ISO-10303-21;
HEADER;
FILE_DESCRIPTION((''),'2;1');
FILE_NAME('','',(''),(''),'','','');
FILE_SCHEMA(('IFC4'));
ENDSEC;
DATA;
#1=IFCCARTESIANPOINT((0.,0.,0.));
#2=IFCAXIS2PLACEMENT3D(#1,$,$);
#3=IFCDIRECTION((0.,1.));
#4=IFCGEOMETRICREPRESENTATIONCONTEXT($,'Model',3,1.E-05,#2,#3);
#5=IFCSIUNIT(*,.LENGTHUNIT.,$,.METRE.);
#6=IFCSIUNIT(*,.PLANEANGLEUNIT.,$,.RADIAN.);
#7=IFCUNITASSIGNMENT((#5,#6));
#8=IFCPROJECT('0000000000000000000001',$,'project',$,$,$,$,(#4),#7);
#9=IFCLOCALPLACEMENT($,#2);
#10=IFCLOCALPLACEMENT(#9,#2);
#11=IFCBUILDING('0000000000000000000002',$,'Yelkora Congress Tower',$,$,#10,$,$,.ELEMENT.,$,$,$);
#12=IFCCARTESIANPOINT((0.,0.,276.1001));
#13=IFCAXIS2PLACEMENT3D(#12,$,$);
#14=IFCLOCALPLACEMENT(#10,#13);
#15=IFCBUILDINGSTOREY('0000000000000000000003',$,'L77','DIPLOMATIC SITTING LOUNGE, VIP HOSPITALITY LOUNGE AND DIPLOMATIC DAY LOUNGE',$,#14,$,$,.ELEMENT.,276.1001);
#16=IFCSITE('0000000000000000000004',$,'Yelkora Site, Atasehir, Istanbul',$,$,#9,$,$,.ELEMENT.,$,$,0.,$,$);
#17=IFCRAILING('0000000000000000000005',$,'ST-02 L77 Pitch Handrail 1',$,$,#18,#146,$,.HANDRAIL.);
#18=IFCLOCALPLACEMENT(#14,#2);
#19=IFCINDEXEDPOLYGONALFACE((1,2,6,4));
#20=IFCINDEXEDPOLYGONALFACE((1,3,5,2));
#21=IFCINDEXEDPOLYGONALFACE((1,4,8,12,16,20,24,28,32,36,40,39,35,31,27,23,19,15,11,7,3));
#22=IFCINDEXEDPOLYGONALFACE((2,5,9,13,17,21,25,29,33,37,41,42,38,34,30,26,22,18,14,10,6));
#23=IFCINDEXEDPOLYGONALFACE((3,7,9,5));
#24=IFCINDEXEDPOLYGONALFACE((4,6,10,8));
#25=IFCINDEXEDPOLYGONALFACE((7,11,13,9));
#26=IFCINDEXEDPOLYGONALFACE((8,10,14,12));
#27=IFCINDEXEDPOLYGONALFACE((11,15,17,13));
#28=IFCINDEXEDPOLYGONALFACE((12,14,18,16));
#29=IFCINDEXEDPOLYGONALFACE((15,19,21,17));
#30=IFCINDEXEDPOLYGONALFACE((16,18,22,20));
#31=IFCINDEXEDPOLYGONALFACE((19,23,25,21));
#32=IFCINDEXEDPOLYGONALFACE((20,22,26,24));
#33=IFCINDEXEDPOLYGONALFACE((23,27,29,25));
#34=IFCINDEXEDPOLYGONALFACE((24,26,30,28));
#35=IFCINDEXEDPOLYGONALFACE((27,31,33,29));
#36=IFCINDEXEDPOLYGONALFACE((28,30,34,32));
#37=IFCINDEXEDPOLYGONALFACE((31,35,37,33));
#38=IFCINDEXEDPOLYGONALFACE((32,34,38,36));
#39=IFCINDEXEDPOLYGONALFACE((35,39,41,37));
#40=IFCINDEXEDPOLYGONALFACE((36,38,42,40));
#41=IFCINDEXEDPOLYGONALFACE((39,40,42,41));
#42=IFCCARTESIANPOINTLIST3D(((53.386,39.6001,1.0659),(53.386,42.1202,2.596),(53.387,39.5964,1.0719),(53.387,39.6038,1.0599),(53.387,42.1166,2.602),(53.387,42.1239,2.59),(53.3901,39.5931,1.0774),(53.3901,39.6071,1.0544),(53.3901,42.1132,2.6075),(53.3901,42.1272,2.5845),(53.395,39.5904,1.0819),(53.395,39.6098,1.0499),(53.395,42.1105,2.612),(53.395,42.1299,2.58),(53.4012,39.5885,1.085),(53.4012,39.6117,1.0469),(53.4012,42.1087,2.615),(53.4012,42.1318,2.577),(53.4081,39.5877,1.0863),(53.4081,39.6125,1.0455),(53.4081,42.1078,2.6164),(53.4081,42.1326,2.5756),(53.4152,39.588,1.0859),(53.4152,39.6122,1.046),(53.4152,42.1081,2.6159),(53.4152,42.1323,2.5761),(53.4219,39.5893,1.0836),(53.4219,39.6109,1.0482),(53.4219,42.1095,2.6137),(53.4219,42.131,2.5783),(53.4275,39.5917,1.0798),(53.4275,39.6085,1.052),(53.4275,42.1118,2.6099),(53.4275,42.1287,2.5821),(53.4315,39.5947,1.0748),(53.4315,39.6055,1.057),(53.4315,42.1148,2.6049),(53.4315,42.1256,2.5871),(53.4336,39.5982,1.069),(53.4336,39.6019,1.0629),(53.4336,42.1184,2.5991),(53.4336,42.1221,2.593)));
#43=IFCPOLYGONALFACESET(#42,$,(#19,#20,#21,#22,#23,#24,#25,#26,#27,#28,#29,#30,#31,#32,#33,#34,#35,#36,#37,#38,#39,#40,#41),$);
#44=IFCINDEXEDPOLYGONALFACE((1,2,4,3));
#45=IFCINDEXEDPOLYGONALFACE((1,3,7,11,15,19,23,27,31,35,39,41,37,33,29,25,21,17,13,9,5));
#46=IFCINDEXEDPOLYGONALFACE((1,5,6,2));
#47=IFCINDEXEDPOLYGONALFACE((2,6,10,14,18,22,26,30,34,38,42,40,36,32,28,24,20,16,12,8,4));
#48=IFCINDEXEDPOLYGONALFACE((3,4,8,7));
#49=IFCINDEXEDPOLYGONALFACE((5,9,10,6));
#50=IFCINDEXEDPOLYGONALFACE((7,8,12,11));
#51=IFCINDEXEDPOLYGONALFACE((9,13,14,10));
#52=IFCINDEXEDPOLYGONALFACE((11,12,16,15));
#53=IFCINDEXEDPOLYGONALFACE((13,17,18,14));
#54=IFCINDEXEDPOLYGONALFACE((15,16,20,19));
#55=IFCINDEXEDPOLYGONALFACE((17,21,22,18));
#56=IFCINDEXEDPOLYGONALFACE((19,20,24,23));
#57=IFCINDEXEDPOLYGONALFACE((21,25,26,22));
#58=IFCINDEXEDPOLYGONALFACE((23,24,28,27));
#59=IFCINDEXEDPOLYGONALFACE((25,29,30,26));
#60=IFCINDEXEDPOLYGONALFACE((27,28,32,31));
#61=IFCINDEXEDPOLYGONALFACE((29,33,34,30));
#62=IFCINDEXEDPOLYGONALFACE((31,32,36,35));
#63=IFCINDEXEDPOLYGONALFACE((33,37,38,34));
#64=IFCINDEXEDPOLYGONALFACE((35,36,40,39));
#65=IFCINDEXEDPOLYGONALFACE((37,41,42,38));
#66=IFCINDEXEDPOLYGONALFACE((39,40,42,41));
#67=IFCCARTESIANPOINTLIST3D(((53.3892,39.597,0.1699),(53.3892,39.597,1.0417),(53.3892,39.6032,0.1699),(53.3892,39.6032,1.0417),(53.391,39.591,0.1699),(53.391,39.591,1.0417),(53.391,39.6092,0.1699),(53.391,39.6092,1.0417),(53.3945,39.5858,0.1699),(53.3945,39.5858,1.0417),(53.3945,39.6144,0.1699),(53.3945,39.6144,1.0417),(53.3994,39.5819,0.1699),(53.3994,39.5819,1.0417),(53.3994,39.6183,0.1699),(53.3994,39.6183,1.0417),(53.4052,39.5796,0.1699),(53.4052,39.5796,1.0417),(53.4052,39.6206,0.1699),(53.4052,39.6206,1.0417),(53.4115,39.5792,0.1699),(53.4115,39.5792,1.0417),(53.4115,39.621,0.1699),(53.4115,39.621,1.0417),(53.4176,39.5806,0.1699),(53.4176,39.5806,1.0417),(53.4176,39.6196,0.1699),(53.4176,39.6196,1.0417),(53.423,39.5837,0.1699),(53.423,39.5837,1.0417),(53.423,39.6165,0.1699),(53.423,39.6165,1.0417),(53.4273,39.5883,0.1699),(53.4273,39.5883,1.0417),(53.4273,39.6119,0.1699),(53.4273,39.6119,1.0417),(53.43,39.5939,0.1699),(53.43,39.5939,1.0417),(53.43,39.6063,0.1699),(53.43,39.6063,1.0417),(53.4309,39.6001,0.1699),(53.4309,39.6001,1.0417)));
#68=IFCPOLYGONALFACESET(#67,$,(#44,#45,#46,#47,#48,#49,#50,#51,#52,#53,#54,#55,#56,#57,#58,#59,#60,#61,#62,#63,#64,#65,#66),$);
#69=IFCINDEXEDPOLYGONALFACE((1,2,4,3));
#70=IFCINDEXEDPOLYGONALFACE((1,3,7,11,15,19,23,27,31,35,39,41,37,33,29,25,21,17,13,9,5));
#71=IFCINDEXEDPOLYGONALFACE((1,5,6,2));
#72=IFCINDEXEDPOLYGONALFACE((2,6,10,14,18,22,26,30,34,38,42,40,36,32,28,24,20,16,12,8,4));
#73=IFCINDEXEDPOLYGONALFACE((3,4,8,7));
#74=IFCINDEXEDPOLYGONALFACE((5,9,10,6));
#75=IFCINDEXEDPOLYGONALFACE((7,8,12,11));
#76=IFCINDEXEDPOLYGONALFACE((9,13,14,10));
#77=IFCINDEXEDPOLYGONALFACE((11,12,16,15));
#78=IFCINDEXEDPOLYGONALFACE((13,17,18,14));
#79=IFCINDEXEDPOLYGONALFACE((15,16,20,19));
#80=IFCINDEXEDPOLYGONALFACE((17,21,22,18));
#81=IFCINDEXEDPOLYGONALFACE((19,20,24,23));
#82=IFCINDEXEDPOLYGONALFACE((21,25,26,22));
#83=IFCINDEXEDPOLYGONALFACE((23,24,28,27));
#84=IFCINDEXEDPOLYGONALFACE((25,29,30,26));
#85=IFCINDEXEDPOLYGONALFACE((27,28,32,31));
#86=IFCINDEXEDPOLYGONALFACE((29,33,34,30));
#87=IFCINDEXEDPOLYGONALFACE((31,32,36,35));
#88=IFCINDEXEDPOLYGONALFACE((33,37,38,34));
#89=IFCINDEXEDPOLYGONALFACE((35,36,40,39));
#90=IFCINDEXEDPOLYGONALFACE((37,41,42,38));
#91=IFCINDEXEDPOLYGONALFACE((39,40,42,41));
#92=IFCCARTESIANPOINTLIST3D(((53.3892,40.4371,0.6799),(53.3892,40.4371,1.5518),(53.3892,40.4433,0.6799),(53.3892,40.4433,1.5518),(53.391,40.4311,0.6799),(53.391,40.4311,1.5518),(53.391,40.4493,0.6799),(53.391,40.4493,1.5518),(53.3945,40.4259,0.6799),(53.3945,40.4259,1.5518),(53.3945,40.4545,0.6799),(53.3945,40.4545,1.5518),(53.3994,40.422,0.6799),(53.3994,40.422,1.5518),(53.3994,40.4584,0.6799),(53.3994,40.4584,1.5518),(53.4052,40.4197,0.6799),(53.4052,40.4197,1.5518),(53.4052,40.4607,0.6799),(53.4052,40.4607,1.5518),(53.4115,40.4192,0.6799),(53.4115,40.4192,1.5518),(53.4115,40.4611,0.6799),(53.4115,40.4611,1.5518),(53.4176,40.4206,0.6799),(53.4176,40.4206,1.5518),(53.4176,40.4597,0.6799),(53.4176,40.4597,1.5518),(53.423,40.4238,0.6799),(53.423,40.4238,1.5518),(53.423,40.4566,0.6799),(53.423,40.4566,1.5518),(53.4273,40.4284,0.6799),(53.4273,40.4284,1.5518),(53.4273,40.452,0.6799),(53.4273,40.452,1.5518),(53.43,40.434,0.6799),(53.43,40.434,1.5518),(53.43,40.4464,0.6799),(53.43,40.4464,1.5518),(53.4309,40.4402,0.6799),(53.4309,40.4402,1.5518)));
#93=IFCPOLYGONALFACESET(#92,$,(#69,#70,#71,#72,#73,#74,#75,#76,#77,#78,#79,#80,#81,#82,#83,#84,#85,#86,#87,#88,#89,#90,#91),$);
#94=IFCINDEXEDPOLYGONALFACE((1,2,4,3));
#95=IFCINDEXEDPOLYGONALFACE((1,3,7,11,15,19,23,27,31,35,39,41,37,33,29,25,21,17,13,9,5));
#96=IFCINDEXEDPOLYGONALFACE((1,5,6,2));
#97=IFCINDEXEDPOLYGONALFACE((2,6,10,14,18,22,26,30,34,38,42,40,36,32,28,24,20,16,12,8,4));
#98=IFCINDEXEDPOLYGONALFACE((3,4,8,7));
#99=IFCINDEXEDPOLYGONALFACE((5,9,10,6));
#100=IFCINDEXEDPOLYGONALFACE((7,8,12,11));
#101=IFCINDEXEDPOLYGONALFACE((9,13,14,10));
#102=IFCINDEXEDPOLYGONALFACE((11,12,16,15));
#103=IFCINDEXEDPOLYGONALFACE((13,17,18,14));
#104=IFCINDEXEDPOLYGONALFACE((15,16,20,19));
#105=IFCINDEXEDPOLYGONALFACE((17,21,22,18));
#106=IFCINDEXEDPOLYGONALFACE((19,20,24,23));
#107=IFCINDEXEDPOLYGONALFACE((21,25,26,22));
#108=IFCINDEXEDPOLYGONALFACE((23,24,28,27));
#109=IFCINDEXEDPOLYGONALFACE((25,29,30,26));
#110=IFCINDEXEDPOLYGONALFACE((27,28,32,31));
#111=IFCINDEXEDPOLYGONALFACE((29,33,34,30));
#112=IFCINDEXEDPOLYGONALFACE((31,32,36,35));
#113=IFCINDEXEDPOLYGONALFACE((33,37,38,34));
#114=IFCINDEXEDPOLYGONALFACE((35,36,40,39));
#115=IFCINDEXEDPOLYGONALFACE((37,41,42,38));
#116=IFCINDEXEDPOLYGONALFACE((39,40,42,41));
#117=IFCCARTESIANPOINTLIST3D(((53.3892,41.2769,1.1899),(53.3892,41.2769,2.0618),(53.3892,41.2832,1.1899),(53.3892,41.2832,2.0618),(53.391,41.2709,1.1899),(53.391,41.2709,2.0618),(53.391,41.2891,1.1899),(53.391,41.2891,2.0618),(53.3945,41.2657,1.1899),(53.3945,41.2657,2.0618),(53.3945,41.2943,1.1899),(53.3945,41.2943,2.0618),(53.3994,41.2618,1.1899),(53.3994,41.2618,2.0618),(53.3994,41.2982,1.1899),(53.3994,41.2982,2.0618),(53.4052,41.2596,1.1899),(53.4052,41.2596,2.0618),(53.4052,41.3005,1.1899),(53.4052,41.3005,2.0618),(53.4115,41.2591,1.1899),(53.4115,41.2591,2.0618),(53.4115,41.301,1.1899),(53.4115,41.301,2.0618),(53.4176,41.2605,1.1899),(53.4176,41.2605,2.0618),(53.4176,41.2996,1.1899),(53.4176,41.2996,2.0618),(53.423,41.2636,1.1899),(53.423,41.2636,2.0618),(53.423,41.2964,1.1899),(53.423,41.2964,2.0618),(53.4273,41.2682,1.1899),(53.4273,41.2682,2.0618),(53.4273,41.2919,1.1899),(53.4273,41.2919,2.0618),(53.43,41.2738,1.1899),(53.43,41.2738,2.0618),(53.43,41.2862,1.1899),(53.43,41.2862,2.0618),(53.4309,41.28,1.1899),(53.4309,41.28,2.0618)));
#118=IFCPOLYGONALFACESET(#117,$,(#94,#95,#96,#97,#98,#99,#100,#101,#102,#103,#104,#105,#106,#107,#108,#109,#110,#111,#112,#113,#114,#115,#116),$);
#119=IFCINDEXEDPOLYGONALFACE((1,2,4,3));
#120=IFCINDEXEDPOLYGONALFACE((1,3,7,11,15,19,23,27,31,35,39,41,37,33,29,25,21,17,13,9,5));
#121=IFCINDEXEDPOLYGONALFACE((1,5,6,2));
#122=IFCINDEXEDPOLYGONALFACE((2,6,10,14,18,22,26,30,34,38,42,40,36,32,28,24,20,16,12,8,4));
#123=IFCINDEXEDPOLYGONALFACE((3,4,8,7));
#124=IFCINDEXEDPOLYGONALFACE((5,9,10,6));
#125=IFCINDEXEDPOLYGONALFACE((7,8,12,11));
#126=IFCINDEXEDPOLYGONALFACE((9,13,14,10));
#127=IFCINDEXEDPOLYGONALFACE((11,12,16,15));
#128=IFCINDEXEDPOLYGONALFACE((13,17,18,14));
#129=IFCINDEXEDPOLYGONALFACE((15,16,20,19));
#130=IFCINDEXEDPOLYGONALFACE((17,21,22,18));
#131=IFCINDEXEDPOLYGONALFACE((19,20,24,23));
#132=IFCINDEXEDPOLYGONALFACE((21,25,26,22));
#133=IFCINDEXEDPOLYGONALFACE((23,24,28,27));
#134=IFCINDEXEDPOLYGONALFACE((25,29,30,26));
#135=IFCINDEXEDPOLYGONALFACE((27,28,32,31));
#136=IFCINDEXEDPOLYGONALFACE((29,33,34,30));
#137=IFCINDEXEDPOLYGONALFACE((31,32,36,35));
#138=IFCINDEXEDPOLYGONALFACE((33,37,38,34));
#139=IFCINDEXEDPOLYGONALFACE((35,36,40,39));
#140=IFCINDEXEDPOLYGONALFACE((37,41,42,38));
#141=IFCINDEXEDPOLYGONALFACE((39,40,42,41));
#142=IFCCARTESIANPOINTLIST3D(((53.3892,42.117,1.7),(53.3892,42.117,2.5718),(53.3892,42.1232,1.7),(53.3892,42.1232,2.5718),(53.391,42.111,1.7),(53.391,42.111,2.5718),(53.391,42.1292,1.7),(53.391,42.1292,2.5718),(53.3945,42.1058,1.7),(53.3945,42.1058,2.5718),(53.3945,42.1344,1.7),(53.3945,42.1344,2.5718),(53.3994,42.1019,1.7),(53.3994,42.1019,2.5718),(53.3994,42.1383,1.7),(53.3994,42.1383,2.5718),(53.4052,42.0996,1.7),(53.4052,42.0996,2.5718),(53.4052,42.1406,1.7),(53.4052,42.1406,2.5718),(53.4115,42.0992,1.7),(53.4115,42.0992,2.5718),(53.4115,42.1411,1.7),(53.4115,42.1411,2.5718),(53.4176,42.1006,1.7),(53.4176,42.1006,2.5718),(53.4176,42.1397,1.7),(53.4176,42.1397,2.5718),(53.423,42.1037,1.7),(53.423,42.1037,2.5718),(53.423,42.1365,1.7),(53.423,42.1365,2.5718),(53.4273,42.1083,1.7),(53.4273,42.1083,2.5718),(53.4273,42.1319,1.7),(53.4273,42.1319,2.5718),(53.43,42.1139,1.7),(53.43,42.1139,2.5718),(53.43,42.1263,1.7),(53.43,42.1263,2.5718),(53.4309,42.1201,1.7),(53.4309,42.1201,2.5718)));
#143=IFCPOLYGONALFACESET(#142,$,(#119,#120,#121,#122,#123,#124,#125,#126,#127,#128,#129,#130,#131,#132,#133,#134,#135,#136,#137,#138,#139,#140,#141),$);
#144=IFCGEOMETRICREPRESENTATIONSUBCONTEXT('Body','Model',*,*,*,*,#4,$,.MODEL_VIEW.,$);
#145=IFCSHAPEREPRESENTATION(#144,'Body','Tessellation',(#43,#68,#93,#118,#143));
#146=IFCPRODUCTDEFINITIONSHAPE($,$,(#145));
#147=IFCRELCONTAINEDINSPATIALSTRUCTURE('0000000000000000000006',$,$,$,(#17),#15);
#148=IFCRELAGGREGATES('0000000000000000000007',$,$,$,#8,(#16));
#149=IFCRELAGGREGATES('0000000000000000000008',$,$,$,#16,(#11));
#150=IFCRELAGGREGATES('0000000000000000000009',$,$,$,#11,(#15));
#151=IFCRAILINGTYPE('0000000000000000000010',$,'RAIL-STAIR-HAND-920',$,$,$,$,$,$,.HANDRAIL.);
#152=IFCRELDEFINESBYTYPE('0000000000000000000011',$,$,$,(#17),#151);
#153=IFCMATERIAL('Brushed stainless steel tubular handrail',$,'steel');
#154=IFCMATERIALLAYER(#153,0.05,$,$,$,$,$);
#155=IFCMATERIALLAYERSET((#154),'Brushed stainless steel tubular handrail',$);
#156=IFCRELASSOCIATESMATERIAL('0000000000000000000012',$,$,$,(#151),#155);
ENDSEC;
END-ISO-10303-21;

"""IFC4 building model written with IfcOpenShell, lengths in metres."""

from ifc_helpers import new_model, si_unit, direction, frame, origin, origin_2d, place, context, subcontext, project, spatial, circle, extrude, material, layer, layer_set, type_object, element, save


model = new_model("IFC4")

# Units and contexts
model_context = context("Model", 3, precision=1e-05, world=origin(), true_north=direction((0.0, 1.0)))
body_context = subcontext(model_context, "Body", "Model", "MODEL_VIEW")
ifc_project = project(units=[si_unit("LENGTHUNIT", "METRE"), si_unit("PLANEANGLEUNIT", "RADIAN")], contexts=[model_context])

# Site, building, storey
site_placement = place(None, origin())
site = spatial("IfcSite", under=ifc_project, at=site_placement, Name="Yelkora Site, Atasehir, Istanbul", CompositionType="ELEMENT", RefElevation=0.0)
building_placement = place(site_placement, origin())
building = spatial("IfcBuilding", under=site, at=building_placement, Name="Yelkora Congress Tower", CompositionType="ELEMENT")
storey_placement = place(building_placement, frame((0.0, 0.0, 276.1001)))
storey = spatial("IfcBuildingStorey", under=building, at=storey_placement, Name="L77", Description="DIPLOMATIC SITTING LOUNGE, VIP HOSPITALITY LOUNGE AND DIPLOMATIC DAY LOUNGE", CompositionType="ELEMENT", Elevation=276.1001)

# Railing
ifc_material_1 = material(Name="Brushed stainless steel tubular handrail", Category="steel")
ifc_layer_1 = layer(ifc_material_1, 0.05)
ifc_layer_set_1 = layer_set([ifc_layer_1], Name="Brushed stainless steel tubular handrail")
railing_type_1 = type_object("IfcRailingType", Name="RAIL-STAIR-HAND-920", PredefinedType="HANDRAIL", material=ifc_layer_set_1)
railing_1_placement = place(storey_placement, frame((53.4099, 39.6001, 0.1699)))
element("IfcRailing", 1, at=railing_1_placement, inside=storey, type_object=railing_type_1, Name="ST-02 L77 Pitch Handrail 1", PredefinedType="HANDRAIL", context=body_context, shape_type="SweptSolid", body=[
    extrude(circle(Radius=0.0239, at=origin_2d()), frame((0.0, 0.0, 0.896), z_axis=(0.0, 0.854785, 0.518982), x_axis=(-1.0, 0.0, 0.0)), (0.0, 0.0, 1.0), 2.9482),
    extrude(circle(Radius=0.021, at=origin_2d()), origin(), (0.0, 0.0, 1.0), 0.8718),
    extrude(circle(Radius=0.021, at=origin_2d()), frame((0.0, 0.8401, 0.51)), (0.0, 0.0, 1.0), 0.8718),
    extrude(circle(Radius=0.021, at=origin_2d()), frame((0.0, 1.6799, 1.02)), (0.0, 0.0, 1.0), 0.8718),
    extrude(circle(Radius=0.021, at=origin_2d()), frame((0.0, 2.52, 1.53)), (0.0, 0.0, 1.0), 0.8718),
])

save(model, "model.ifc")
